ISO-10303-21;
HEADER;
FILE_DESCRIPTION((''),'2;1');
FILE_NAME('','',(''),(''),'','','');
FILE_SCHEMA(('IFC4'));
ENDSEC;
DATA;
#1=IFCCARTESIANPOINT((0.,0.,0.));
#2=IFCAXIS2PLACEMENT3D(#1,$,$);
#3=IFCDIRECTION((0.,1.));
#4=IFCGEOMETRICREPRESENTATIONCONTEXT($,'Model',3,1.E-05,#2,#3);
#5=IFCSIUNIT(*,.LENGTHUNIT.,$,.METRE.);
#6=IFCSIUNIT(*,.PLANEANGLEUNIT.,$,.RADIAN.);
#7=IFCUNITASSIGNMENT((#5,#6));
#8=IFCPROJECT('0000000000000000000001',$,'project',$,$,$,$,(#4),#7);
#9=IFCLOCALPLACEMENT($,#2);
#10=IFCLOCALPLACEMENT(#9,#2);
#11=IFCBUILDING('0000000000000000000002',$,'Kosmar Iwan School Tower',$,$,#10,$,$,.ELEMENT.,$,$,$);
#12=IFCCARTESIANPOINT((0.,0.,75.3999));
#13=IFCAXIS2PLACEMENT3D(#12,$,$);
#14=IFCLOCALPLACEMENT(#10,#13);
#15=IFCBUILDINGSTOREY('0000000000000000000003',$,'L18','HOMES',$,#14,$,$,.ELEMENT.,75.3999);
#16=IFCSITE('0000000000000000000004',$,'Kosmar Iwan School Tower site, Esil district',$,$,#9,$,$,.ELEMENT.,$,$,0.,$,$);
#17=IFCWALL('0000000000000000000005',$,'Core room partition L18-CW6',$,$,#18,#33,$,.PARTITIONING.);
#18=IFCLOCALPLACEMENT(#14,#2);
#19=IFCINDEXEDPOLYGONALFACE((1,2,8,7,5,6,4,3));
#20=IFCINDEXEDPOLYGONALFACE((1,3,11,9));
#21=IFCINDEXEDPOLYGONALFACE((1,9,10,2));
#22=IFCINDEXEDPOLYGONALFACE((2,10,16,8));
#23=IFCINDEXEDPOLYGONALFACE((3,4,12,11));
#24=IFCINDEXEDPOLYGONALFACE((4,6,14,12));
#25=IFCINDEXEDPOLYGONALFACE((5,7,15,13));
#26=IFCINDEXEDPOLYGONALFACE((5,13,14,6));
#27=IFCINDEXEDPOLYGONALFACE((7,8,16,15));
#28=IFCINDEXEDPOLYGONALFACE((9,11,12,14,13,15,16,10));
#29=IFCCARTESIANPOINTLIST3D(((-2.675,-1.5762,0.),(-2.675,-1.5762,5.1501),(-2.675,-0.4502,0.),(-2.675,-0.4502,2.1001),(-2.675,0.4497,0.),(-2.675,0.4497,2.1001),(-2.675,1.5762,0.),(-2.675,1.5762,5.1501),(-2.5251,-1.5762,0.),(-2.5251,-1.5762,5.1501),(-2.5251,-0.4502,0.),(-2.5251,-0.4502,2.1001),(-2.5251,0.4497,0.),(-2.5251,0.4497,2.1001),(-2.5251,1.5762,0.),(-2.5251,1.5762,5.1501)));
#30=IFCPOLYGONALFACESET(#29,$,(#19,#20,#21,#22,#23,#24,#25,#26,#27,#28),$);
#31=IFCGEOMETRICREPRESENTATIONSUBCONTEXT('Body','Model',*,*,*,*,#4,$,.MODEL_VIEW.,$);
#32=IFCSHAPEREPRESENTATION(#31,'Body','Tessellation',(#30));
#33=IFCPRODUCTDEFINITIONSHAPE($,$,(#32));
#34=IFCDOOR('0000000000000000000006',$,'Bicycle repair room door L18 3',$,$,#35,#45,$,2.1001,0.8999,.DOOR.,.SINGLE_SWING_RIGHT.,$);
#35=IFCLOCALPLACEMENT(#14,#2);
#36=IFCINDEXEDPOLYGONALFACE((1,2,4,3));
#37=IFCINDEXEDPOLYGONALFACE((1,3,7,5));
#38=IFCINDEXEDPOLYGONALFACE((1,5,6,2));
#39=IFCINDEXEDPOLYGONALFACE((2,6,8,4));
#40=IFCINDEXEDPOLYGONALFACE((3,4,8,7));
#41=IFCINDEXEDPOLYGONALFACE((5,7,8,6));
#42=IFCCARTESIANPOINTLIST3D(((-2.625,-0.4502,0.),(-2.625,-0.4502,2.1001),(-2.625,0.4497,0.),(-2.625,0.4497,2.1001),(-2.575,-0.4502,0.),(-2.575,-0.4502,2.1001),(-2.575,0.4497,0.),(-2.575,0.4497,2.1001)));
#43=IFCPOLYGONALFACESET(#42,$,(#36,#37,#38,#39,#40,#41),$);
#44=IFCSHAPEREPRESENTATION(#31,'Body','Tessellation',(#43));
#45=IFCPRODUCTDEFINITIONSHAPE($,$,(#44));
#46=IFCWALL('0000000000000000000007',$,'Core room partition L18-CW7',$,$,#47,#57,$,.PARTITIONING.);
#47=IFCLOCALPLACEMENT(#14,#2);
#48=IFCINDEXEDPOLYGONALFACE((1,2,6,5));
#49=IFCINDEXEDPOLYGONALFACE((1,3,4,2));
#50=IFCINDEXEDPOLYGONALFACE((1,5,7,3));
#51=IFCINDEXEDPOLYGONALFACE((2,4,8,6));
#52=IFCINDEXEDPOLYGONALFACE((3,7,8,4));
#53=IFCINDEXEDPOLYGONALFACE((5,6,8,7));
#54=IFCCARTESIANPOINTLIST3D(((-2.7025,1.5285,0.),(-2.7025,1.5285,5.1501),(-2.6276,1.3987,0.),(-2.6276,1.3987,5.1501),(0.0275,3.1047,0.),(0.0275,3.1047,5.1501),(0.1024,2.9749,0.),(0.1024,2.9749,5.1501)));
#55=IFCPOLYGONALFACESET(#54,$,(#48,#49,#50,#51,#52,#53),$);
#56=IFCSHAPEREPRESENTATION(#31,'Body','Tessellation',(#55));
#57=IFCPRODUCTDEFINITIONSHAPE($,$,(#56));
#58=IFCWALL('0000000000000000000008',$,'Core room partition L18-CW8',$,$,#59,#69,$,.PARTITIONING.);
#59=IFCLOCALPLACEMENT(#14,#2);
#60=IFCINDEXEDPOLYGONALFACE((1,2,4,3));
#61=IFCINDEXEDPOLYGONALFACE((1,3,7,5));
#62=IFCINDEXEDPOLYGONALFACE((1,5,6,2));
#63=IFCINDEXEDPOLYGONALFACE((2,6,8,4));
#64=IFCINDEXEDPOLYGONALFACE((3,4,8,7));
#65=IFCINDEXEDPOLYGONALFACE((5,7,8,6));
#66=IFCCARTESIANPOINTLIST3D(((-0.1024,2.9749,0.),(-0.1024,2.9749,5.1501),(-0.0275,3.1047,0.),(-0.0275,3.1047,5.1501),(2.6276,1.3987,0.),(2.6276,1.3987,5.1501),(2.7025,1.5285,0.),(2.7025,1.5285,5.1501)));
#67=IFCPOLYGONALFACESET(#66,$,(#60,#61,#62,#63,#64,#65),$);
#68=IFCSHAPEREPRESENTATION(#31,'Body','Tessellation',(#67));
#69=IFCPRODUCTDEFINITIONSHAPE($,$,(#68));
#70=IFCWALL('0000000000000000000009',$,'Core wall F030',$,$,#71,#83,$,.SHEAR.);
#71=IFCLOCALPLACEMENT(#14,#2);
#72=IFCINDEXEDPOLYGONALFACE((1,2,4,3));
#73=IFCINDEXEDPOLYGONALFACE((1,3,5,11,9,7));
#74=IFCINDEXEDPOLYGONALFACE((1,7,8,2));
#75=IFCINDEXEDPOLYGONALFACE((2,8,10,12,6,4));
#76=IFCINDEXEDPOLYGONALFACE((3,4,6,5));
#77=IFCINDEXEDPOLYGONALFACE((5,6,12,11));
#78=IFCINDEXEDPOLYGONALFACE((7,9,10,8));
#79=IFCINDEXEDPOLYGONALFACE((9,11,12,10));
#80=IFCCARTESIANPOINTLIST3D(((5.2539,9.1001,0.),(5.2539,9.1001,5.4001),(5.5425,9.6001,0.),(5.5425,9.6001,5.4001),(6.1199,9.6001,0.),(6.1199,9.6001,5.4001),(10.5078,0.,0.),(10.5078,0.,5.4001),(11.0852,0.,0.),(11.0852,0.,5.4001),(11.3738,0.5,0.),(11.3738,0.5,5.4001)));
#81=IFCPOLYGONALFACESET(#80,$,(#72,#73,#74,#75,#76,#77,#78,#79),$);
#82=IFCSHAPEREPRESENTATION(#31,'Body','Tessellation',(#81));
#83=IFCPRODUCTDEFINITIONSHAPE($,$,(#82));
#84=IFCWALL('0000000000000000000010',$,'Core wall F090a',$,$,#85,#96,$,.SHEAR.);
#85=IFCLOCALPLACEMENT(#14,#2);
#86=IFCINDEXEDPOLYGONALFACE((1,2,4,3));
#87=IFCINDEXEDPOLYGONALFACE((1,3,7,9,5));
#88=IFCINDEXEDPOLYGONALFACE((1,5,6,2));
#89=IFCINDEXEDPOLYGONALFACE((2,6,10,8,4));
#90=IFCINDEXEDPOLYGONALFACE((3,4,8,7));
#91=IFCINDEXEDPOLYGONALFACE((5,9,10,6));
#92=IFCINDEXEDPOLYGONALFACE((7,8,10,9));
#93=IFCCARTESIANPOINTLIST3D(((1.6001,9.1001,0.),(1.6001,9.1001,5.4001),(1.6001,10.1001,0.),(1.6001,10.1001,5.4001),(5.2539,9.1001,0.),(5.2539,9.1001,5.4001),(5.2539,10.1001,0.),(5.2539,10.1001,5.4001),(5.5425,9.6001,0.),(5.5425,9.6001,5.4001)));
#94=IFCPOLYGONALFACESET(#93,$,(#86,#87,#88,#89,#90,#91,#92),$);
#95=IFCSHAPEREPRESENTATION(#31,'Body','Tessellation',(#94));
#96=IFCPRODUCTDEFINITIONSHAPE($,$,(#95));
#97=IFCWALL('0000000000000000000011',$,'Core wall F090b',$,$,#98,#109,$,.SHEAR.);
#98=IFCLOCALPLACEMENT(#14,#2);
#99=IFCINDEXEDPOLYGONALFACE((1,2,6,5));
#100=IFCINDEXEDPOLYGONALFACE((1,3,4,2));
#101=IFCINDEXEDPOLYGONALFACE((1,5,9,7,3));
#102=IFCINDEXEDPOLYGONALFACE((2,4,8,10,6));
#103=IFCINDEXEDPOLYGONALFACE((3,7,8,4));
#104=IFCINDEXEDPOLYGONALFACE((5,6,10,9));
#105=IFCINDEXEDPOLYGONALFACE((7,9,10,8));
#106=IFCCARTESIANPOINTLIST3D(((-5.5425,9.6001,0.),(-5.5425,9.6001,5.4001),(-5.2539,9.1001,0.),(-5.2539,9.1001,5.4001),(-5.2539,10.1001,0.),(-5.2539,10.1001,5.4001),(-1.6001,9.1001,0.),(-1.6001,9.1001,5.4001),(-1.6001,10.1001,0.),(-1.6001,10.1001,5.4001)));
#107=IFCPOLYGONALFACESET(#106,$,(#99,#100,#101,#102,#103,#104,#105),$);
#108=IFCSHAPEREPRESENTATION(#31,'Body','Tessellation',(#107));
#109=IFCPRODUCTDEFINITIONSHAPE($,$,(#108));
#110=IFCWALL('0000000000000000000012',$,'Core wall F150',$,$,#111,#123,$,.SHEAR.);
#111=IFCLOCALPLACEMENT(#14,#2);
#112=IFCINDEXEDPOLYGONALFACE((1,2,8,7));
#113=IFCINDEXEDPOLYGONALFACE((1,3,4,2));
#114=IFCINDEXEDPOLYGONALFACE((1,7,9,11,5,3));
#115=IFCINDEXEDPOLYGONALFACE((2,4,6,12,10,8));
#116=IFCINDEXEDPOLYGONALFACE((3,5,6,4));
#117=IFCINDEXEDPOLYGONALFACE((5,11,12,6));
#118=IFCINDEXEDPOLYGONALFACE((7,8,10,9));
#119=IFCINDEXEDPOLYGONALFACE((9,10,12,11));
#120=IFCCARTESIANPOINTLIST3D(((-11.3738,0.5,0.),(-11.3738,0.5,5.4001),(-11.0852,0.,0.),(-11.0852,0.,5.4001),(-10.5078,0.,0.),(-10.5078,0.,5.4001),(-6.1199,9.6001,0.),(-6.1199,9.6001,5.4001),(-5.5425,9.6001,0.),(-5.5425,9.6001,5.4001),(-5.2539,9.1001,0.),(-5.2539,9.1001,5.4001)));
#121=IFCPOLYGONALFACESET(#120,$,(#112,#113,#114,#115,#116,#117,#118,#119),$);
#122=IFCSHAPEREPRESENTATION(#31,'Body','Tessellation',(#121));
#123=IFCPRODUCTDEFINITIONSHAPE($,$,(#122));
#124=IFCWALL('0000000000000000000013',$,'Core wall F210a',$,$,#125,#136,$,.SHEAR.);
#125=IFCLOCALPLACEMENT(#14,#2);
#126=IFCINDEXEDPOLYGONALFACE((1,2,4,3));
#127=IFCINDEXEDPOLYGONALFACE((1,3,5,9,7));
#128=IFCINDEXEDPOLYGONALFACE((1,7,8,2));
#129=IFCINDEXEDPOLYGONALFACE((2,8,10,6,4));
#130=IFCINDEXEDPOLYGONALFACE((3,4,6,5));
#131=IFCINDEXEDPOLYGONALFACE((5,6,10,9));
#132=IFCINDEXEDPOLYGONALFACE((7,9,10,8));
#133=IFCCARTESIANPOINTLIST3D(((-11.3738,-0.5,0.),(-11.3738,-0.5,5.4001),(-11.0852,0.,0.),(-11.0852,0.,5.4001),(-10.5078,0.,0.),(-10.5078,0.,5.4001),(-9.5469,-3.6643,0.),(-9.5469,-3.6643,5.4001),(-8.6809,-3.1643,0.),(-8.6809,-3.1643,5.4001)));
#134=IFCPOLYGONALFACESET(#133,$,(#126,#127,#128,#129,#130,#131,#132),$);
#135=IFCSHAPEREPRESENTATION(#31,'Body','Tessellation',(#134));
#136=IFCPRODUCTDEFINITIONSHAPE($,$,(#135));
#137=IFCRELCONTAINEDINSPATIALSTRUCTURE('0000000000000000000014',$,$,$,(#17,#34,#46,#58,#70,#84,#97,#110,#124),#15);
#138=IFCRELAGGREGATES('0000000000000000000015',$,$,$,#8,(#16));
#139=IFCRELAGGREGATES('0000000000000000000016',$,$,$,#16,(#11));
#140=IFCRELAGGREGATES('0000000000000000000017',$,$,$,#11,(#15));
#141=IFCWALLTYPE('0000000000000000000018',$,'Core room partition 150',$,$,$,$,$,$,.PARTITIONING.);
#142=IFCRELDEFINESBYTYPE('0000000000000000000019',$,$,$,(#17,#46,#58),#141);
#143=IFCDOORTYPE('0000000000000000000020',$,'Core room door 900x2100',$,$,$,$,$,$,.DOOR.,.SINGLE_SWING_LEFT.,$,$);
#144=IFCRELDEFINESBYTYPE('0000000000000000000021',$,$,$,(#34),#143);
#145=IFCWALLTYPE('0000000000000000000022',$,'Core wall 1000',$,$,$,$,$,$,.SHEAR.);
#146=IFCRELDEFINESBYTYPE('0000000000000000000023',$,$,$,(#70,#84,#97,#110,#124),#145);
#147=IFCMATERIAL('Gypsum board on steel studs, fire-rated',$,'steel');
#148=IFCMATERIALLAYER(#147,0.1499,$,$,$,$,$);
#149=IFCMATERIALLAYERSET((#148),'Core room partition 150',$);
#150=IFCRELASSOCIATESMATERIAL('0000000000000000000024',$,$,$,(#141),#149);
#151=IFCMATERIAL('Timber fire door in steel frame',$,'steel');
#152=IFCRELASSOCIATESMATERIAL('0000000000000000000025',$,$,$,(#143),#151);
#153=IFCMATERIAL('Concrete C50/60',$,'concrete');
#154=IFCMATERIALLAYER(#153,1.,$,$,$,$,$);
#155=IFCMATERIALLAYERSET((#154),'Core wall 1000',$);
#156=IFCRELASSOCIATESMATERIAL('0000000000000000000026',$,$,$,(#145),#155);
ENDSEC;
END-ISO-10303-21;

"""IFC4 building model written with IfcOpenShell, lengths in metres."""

from ifc_helpers import new_model, si_unit, direction, frame, frame_2d, origin, place, context, subcontext, project, spatial, polyline, rectangle, outline, extrude, material, layer, layer_set, type_object, element, fill, save


model = new_model("IFC4")

# Units and contexts
model_context = context("Model", 3, precision=1e-05, world=origin(), true_north=direction((0.0, 1.0)))
body_context = subcontext(model_context, "Body", "Model", "MODEL_VIEW")
ifc_project = project(units=[si_unit("LENGTHUNIT", "METRE"), si_unit("PLANEANGLEUNIT", "RADIAN")], contexts=[model_context])

# Site, building, storey
site_placement = place(None, origin())
site = spatial("IfcSite", under=ifc_project, at=site_placement, Name="Kosmar Iwan School Tower site, Esil district", CompositionType="ELEMENT", RefElevation=0.0)
building_placement = place(site_placement, origin())
building = spatial("IfcBuilding", under=site, at=building_placement, Name="Kosmar Iwan School Tower", CompositionType="ELEMENT")
storey_placement = place(building_placement, frame((0.0, 0.0, 75.3999)))
storey = spatial("IfcBuildingStorey", under=building, at=storey_placement, Name="L18", Description="HOMES", CompositionType="ELEMENT", Elevation=75.3999)

# Wall, opening, door
ifc_material_1 = material(Name="Gypsum board on steel studs, fire-rated", Category="steel")
ifc_layer_1 = layer(ifc_material_1, 0.1499)
ifc_layer_set_1 = layer_set([ifc_layer_1], Name="Core room partition 150")
wall_type_1 = type_object("IfcWallType", Name="Core room partition 150", PredefinedType="PARTITIONING", material=ifc_layer_set_1)
wall_1_placement = place(storey_placement, frame((-2.6001, -1.5762, 0.0), z_axis=(0.0, 0.0, 1.0), x_axis=(0.0, 1.0, 0.0)))
wall_1 = element("IfcWall", 1, at=wall_1_placement, inside=storey, type_object=wall_type_1, Name="Core room partition L18-CW6", PredefinedType="PARTITIONING", context=body_context, shape_type="SweptSolid", body=[
    extrude(rectangle(XDim=3.1523, YDim=0.1499, at=frame_2d((1.5762, 0.0))), origin(), (0.0, 0.0, 1.0), 5.1501),
])
opening_1_placement = place(wall_1_placement, frame((1.126, 0.0, 0.0)))
opening_1 = element("IfcOpeningElement", 2, at=opening_1_placement, cuts=wall_1, PredefinedType="OPENING", context=body_context, shape_type="SweptSolid", body=[
    extrude(rectangle(XDim=0.8999, YDim=2.1001, at=frame_2d((0.45, 1.05))), frame((0.0, 0.0869, 0.0), z_axis=(0.0, -1.0, 0.0), x_axis=(1.0, 0.0, 0.0)), (0.0, 0.0, 1.0), 0.1738),
])
ifc_material_2 = material(Name="Timber fire door in steel frame", Category="steel")
door_type_1 = type_object("IfcDoorType", Name="Core room door 900x2100", OperationType="SINGLE_SWING_LEFT", PredefinedType="DOOR", material=ifc_material_2)
door_1_placement = place(opening_1_placement, origin())
door_1 = element("IfcDoor", 3, at=door_1_placement, inside=storey, type_object=door_type_1, Name="Bicycle repair room door L18 3", OperationType="SINGLE_SWING_RIGHT", OverallHeight=2.1001, OverallWidth=0.8999, PredefinedType="DOOR", context=body_context, shape_type="SweptSolid", body=[
    extrude(rectangle(XDim=0.8999, YDim=2.1001, at=frame_2d((0.45, 1.05))), frame((0.0, 0.0249, 0.0), z_axis=(0.0, -1.0, 0.0), x_axis=(1.0, 0.0, 0.0)), (0.0, 0.0, 1.0), 0.05),
])
fill(opening_1, door_1)

# Walls
for number, where, z_axis, x_axis, name in (
    (4, (-2.665, 1.4636, 0.0), (0.0, 0.0, 1.0), (0.866023, 0.500004, 0.0), "Core room partition L18-CW7"),
    (5, (-0.0649, 3.0398, 0.0), (0.0, 0.0, 1.0), (0.866023, -0.500004, 0.0), "Core room partition L18-CW8"),
):
    element("IfcWall", number, at=place(storey_placement, frame(where, z_axis=z_axis, x_axis=x_axis)), inside=storey, type_object=wall_type_1, Name=name, PredefinedType="PARTITIONING", context=body_context, shape_type="SweptSolid", body=[
        extrude(rectangle(XDim=3.1523, YDim=0.1499, at=frame_2d((1.5762, 0.0))), origin(), (0.0, 0.0, 1.0), 5.1501),
    ])
ifc_material_3 = material(Name="Concrete C50/60", Category="concrete")
ifc_layer_2 = layer(ifc_material_3, 1.0)
ifc_layer_set_2 = layer_set([ifc_layer_2], Name="Core wall 1000")
wall_type_2 = type_object("IfcWallType", Name="Core wall 1000", PredefinedType="SHEAR", material=ifc_layer_set_2)
wall_2_placement = place(storey_placement, origin())
element("IfcWall", 6, at=wall_2_placement, inside=storey, type_object=wall_type_2, Name="Core wall F030", PredefinedType="SHEAR", context=body_context, shape_type="SweptSolid", body=[
    extrude(outline(polyline([(10.5078, 0.0), (11.0852, 0.0), (11.3738, 0.5), (6.1199, 9.6001), (5.5425, 9.6001), (5.2539, 9.1001), (10.5078, 0.0)])), origin(), (0.0, 0.0, 1.0), 5.4001),
])
wall_3_placement = place(storey_placement, origin())
element("IfcWall", 7, at=wall_3_placement, inside=storey, type_object=wall_type_2, Name="Core wall F090a", PredefinedType="SHEAR", context=body_context, shape_type="SweptSolid", body=[
    extrude(outline(polyline([(1.6001, 9.1001), (5.2539, 9.1001), (5.5425, 9.6001), (5.2539, 10.1001), (1.6001, 10.1001), (1.6001, 9.1001)])), origin(), (0.0, 0.0, 1.0), 5.4001),
])
wall_4_placement = place(storey_placement, origin())
element("IfcWall", 8, at=wall_4_placement, inside=storey, type_object=wall_type_2, Name="Core wall F090b", PredefinedType="SHEAR", context=body_context, shape_type="SweptSolid", body=[
    extrude(outline(polyline([(-5.2539, 9.1001), (-1.6001, 9.1001), (-1.6001, 10.1001), (-5.2539, 10.1001), (-5.5425, 9.6001), (-5.2539, 9.1001)])), origin(), (0.0, 0.0, 1.0), 5.4001),
])
wall_5_placement = place(storey_placement, origin())
element("IfcWall", 9, at=wall_5_placement, inside=storey, type_object=wall_type_2, Name="Core wall F150", PredefinedType="SHEAR", context=body_context, shape_type="SweptSolid", body=[
    extrude(outline(polyline([(-11.0852, 0.0), (-10.5078, 0.0), (-5.2539, 9.1001), (-5.5425, 9.6001), (-6.1199, 9.6001), (-11.3738, 0.5), (-11.0852, 0.0)])), origin(), (0.0, 0.0, 1.0), 5.4001),
])
wall_6_placement = place(storey_placement, origin())
element("IfcWall", 10, at=wall_6_placement, inside=storey, type_object=wall_type_2, Name="Core wall F210a", PredefinedType="SHEAR", context=body_context, shape_type="SweptSolid", body=[
    extrude(outline(polyline([(-9.5469, -3.6643), (-8.6809, -3.1643), (-10.5078, 0.0), (-11.0852, 0.0), (-11.3738, -0.5), (-9.5469, -3.6643)])), origin(), (0.0, 0.0, 1.0), 5.4001),
])

save(model, "model.ifc")
